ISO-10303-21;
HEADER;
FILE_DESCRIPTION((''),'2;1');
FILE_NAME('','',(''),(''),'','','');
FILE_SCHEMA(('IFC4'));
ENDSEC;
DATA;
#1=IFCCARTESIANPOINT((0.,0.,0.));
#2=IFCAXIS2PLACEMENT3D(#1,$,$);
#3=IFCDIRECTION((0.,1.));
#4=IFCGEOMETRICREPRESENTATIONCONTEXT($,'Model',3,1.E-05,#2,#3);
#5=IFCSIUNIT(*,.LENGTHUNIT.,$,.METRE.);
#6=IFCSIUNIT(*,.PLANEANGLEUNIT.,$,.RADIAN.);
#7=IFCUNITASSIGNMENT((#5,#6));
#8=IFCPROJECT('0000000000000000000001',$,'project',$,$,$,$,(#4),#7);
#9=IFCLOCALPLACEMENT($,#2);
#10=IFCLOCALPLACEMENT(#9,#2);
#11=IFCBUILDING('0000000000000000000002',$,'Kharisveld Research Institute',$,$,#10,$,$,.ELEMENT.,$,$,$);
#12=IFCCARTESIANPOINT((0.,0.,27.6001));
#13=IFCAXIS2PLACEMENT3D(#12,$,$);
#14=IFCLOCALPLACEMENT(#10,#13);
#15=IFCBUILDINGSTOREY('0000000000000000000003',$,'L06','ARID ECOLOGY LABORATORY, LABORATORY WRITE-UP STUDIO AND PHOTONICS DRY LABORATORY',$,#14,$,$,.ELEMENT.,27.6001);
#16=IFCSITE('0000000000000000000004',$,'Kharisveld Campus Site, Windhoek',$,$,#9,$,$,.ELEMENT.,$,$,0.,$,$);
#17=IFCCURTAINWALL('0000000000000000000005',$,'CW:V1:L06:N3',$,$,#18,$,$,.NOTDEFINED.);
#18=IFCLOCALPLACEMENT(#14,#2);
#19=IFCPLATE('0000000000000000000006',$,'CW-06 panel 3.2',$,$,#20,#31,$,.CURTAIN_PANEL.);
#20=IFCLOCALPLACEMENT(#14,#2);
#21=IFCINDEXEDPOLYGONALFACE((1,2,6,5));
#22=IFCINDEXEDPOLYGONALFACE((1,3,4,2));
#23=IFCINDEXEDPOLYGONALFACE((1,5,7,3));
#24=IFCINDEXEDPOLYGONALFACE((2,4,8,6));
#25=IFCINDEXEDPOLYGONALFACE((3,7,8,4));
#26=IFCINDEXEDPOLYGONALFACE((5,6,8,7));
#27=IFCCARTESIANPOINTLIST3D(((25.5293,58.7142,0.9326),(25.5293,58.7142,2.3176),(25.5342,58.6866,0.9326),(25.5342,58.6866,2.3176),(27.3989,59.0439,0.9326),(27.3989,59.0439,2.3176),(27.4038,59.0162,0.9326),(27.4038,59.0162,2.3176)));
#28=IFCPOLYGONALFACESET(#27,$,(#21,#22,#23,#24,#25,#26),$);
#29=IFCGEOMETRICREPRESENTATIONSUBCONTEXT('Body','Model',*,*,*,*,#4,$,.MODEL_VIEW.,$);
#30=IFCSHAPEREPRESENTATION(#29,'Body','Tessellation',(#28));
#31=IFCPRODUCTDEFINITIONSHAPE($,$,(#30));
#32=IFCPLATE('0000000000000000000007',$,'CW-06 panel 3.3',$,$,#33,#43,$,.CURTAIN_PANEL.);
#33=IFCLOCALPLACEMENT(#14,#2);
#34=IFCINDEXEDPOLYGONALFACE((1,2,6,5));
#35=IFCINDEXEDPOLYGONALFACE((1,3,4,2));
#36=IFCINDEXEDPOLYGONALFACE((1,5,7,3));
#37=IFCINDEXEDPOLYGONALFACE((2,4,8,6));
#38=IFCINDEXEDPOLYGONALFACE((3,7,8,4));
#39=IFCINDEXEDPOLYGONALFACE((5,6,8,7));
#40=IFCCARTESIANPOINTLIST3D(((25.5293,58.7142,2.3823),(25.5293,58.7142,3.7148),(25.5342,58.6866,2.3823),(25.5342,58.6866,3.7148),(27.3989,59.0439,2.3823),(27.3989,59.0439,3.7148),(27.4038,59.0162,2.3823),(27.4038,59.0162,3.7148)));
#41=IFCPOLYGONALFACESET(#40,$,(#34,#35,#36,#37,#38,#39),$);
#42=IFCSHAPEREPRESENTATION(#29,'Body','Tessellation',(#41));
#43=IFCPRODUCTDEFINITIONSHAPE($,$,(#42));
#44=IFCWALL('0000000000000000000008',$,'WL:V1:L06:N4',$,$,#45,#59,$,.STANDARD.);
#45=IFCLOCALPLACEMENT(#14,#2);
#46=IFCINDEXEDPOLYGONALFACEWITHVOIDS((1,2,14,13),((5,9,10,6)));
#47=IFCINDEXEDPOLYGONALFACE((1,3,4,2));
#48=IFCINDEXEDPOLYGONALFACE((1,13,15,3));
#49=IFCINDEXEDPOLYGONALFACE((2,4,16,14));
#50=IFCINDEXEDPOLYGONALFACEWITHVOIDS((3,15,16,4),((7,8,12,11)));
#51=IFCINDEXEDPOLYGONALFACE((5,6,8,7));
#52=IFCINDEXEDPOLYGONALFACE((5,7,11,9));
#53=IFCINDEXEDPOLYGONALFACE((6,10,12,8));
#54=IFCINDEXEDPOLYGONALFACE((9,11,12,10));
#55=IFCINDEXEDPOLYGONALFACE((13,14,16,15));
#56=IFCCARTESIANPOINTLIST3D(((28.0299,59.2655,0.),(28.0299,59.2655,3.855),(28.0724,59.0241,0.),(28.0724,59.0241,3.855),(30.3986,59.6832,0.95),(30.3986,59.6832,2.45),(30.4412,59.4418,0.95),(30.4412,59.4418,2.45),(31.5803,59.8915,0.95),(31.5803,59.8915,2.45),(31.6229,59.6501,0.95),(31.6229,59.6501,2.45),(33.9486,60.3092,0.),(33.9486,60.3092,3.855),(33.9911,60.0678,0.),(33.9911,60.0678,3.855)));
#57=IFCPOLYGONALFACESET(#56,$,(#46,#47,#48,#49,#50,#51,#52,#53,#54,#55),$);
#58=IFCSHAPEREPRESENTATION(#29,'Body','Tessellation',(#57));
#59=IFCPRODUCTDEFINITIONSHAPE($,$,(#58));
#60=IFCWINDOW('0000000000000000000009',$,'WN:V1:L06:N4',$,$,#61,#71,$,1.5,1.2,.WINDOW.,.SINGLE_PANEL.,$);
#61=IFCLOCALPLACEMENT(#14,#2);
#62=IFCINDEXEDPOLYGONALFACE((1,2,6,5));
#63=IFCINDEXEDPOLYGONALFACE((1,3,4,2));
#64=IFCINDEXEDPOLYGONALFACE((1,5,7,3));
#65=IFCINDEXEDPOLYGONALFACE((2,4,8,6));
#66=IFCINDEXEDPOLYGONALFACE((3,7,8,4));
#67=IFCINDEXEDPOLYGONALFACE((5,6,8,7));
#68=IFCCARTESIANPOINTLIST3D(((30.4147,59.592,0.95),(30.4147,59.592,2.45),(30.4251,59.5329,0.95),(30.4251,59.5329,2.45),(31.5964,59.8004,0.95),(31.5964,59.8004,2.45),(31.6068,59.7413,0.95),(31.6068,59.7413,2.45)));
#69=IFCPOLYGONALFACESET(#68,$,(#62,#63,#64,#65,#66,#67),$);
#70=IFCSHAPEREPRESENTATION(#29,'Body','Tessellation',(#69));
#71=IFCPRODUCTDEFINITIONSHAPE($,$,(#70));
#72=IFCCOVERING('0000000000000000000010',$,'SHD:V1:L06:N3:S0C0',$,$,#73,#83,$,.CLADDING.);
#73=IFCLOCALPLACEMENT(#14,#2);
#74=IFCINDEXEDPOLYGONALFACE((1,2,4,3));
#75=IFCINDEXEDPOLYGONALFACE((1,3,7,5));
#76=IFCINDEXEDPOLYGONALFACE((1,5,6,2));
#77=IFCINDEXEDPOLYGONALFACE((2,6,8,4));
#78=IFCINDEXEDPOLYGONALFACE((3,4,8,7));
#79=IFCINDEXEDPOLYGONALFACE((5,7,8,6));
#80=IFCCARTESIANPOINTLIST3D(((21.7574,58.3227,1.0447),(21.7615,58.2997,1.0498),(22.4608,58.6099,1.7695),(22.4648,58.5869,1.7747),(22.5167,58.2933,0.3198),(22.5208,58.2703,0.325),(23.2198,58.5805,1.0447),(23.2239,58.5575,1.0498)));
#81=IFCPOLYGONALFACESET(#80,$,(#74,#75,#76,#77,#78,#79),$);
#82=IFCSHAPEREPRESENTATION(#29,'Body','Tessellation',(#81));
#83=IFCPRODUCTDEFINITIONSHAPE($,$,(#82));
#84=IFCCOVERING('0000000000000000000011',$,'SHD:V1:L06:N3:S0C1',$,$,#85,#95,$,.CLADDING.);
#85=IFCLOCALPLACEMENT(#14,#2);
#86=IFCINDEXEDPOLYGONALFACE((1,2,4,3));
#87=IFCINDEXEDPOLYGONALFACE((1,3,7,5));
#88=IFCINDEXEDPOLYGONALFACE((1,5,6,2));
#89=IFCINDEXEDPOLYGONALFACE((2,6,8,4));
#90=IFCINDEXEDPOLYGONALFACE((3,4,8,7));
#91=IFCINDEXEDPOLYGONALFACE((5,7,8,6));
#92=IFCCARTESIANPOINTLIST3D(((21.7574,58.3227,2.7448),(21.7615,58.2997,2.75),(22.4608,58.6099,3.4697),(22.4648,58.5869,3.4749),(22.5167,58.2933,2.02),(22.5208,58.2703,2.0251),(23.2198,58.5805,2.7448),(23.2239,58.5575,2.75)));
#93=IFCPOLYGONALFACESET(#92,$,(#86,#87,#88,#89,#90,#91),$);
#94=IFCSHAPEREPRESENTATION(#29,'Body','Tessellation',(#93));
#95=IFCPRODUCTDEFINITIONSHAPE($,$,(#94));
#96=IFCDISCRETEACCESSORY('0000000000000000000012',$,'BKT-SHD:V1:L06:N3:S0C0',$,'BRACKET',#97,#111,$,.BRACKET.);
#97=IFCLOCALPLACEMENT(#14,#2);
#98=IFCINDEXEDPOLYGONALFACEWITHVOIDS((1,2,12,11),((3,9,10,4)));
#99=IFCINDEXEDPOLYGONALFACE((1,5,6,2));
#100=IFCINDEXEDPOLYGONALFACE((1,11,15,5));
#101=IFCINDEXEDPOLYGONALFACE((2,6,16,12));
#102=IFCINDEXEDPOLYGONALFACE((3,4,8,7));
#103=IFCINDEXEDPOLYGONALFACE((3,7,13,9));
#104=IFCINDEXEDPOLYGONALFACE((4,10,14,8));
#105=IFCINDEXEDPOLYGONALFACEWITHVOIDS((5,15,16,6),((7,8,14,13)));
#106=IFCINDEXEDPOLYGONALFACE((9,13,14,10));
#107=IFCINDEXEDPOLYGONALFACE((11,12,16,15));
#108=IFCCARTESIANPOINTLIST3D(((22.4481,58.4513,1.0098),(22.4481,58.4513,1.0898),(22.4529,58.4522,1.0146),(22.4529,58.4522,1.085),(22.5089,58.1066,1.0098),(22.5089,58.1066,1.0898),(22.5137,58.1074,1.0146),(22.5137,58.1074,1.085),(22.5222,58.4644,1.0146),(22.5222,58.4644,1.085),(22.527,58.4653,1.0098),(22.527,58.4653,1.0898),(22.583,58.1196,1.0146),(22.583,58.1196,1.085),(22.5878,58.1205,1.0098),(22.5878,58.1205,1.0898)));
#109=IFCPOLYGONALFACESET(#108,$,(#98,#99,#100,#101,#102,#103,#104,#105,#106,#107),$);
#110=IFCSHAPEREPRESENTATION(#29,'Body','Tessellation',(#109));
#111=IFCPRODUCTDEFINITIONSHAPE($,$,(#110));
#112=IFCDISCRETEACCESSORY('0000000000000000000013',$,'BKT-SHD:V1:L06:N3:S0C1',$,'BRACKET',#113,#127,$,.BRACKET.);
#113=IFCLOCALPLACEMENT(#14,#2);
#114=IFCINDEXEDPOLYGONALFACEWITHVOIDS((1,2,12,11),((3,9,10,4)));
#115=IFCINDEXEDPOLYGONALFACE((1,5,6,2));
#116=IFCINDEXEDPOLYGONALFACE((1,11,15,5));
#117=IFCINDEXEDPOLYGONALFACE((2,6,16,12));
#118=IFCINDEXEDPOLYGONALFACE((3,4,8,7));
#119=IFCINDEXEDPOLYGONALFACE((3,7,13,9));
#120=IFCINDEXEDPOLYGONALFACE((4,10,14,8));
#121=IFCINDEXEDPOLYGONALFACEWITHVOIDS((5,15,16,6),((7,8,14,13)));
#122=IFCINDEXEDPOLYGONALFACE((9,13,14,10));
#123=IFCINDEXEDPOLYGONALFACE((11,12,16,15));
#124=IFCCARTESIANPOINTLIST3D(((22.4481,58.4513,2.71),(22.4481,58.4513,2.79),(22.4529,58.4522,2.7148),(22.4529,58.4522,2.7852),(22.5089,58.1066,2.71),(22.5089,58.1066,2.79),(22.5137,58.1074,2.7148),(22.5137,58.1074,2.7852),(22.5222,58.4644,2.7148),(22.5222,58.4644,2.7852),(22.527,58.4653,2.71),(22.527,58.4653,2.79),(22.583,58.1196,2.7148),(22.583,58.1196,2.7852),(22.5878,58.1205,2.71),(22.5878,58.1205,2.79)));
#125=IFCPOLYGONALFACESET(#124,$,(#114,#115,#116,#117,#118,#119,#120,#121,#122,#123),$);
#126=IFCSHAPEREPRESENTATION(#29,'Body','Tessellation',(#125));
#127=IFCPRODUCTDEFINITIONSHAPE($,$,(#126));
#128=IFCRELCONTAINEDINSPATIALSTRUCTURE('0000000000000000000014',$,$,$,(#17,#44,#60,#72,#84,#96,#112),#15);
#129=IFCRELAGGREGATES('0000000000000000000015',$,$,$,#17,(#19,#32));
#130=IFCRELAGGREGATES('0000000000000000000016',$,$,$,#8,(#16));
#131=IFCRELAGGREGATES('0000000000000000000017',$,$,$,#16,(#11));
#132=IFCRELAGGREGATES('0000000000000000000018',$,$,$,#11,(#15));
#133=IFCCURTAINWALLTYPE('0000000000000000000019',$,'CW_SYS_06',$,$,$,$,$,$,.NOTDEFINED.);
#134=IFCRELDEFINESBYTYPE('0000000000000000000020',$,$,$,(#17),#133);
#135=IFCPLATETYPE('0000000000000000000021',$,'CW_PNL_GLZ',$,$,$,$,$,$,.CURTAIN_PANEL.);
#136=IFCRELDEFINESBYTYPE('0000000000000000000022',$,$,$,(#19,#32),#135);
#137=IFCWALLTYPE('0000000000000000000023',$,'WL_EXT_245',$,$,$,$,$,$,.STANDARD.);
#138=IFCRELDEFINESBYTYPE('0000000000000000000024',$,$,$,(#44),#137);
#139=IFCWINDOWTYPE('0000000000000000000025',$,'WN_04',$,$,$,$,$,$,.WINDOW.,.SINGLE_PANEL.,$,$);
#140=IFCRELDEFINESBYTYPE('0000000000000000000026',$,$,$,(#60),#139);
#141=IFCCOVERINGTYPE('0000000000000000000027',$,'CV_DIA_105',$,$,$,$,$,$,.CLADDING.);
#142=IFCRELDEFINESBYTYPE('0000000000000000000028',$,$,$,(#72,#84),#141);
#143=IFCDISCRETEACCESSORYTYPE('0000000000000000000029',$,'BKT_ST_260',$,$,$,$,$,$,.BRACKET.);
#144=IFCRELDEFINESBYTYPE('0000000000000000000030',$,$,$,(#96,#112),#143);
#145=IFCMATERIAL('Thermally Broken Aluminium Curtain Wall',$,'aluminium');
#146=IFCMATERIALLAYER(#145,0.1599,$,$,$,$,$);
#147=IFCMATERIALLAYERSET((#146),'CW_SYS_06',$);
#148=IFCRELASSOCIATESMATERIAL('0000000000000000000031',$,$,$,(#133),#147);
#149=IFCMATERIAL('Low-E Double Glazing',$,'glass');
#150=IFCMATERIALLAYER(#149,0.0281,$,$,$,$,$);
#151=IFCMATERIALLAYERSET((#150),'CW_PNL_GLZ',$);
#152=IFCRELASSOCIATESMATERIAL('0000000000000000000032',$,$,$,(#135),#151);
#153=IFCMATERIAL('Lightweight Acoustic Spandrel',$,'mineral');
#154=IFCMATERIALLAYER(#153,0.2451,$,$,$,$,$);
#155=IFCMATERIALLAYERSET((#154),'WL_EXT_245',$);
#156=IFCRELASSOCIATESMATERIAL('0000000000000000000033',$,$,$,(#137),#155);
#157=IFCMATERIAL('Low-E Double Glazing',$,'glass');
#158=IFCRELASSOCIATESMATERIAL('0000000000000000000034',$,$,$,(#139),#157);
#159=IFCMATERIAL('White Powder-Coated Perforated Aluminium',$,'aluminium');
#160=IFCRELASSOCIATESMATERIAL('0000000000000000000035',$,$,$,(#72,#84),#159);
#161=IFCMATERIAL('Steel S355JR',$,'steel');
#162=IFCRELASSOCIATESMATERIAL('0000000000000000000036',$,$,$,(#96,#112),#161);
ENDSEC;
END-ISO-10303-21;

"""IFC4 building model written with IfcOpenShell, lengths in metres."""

from ifc_helpers import new_model, si_unit, direction, frame, frame_2d, origin, origin_2d, place, context, subcontext, project, spatial, polyline, rectangle, hollow_rectangle, outline, extrude, material, layer, layer_set, type_object, element, fill, aggregate, save


model = new_model("IFC4")

# Units and contexts
model_context = context("Model", 3, precision=1e-05, world=origin(), true_north=direction((0.0, 1.0)))
body_context = subcontext(model_context, "Body", "Model", "MODEL_VIEW")
ifc_project = project(units=[si_unit("LENGTHUNIT", "METRE"), si_unit("PLANEANGLEUNIT", "RADIAN")], contexts=[model_context])

# Site, building, storey
site_placement = place(None, origin())
site = spatial("IfcSite", under=ifc_project, at=site_placement, Name="Kharisveld Campus Site, Windhoek", CompositionType="ELEMENT", RefElevation=0.0)
building_placement = place(site_placement, origin())
building = spatial("IfcBuilding", under=site, at=building_placement, Name="Kharisveld Research Institute", CompositionType="ELEMENT")
storey_placement = place(building_placement, frame((0.0, 0.0, 27.6001)))
storey = spatial("IfcBuildingStorey", under=building, at=storey_placement, Name="L06", Description="ARID ECOLOGY LABORATORY, LABORATORY WRITE-UP STUDIO AND PHOTONICS DRY LABORATORY", CompositionType="ELEMENT", Elevation=27.6001)

# Curtain wall
ifc_material_1 = material(Name="Thermally Broken Aluminium Curtain Wall", Category="aluminium")
ifc_layer_1 = layer(ifc_material_1, 0.1599)
ifc_layer_set_1 = layer_set([ifc_layer_1], Name="CW_SYS_06")
curtain_wall_type = type_object("IfcCurtainWallType", Name="CW_SYS_06", PredefinedType="NOTDEFINED", material=ifc_layer_set_1)
curtain_wall_placement = place(storey_placement, origin())
curtain_wall = element("IfcCurtainWall", 1, at=curtain_wall_placement, inside=storey, type_object=curtain_wall_type, Name="CW:V1:L06:N3", PredefinedType="NOTDEFINED")

# Plates
ifc_material_2 = material(Name="Low-E Double Glazing", Category="glass")
ifc_layer_2 = layer(ifc_material_2, 0.0281)
ifc_layer_set_2 = layer_set([ifc_layer_2], Name="CW_PNL_GLZ")
plate_type = type_object("IfcPlateType", Name="CW_PNL_GLZ", PredefinedType="CURTAIN_PANEL", material=ifc_layer_set_2)
plate_1_placement = place(storey_placement, frame((26.4666, 58.8652, 0.9326), z_axis=(0.0, 0.0, 1.0), x_axis=(0.984808, 0.173648, 0.0)))
plate_1 = element("IfcPlate", 2, at=plate_1_placement, type_object=plate_type, Name="CW-06 panel 3.2", PredefinedType="CURTAIN_PANEL", context=body_context, shape_type="SweptSolid", body=[
    extrude(rectangle(XDim=1.8984, YDim=0.0281, at=origin_2d()), origin(), (0.0, 0.0, 1.0), 1.385),
])
plate_2_placement = place(storey_placement, frame((26.4666, 58.8652, 2.3823), z_axis=(0.0, 0.0, 1.0), x_axis=(0.984808, 0.173648, 0.0)))
plate_2 = element("IfcPlate", 3, at=plate_2_placement, type_object=plate_type, Name="CW-06 panel 3.3", PredefinedType="CURTAIN_PANEL", context=body_context, shape_type="SweptSolid", body=[
    extrude(rectangle(XDim=1.8984, YDim=0.0281, at=origin_2d()), origin(), (0.0, 0.0, 1.0), 1.3325),
])
aggregate(curtain_wall, [plate_1, plate_2])

# Wall, opening, window
ifc_material_3 = material(Name="Lightweight Acoustic Spandrel", Category="mineral")
ifc_layer_3 = layer(ifc_material_3, 0.2451)
ifc_layer_set_3 = layer_set([ifc_layer_3], Name="WL_EXT_245")
wall_type = type_object("IfcWallType", Name="WL_EXT_245", PredefinedType="STANDARD", material=ifc_layer_set_3)
wall_placement = place(storey_placement, frame((28.0513, 59.1448, 0.0), z_axis=(0.0, 0.0, 1.0), x_axis=(0.984806, 0.17366, 0.0)))
wall = element("IfcWall", 4, at=wall_placement, inside=storey, type_object=wall_type, Name="WL:V1:L06:N4", PredefinedType="STANDARD", context=body_context, shape_type="SweptSolid", body=[
    extrude(rectangle(XDim=6.01, YDim=0.2451, at=frame_2d((3.0049, 0.0))), origin(), (0.0, 0.0, 1.0), 3.855),
])
opening_placement = place(wall_placement, frame((2.405, 0.0, 0.95)))
opening = element("IfcOpeningElement", 5, at=opening_placement, cuts=wall, PredefinedType="OPENING", context=body_context, shape_type="SweptSolid", body=[
    extrude(rectangle(XDim=1.2, YDim=1.5, at=frame_2d((0.6001, 0.75))), frame((0.0, 0.1226, 0.0), z_axis=(0.0, -1.0, 0.0), x_axis=(1.0, 0.0, 0.0)), (0.0, 0.0, 1.0), 0.2451),
])
ifc_material_4 = material(Name="Low-E Double Glazing", Category="glass")
window_type = type_object("IfcWindowType", Name="WN_04", PartitioningType="SINGLE_PANEL", PredefinedType="WINDOW", material=ifc_material_4)
window_placement = place(opening_placement, origin())
window = element("IfcWindow", 6, at=window_placement, inside=storey, type_object=window_type, Name="WN:V1:L06:N4", OverallHeight=1.5, OverallWidth=1.2, PartitioningType="SINGLE_PANEL", PredefinedType="WINDOW", context=body_context, shape_type="SweptSolid", body=[
    extrude(rectangle(XDim=1.2, YDim=1.5, at=frame_2d((0.6001, 0.75))), frame((0.0, 0.03, 0.0), z_axis=(0.0, -1.0, 0.0), x_axis=(1.0, 0.0, 0.0)), (0.0, 0.0, 1.0), 0.0601),
])
fill(opening, window)

# Coverings
ifc_material_5 = material(Name="White Powder-Coated Perforated Aluminium", Category="aluminium")
covering_type = type_object("IfcCoveringType", Name="CV_DIA_105", PredefinedType="CLADDING")
for number, where, z_axis, x_axis, name in (
    (7, (22.5208, 58.2703, 0.325), (0.169497, -0.961447, 0.21654), (0.669705, 0.27356, 0.690406), "SHD:V1:L06:N3:S0C0"),
    (8, (22.5208, 58.2703, 2.0251), (0.169497, -0.961447, 0.21654), (0.669705, 0.27356, 0.690406), "SHD:V1:L06:N3:S0C1"),
):
    element("IfcCovering", number, at=place(storey_placement, frame(where, z_axis=z_axis, x_axis=x_axis)), inside=storey, type_object=covering_type, material=ifc_material_5, Name=name, PredefinedType="CLADDING", context=body_context, shape_type="SweptSolid", body=[
        extrude(outline(polyline([(0.0, 0.0), (1.0499, 0.0), (1.0501, 1.05), (0.0, 1.0501), (0.0, 0.0)])), origin(), (0.0, 0.0, -1.0), 0.0239),
    ])

# Discrete accessories
ifc_material_6 = material(Name="Steel S355JR", Category="steel")
discrete_accessory_type = type_object("IfcDiscreteAccessoryType", Name="BKT_ST_260", PredefinedType="BRACKET")
for number, where, z_axis, x_axis, name in (
    (9, (22.5483, 58.1135, 1.0498), (-0.173666, 0.984805, 0.0), (-0.984805, -0.173666, 0.0), "BKT-SHD:V1:L06:N3:S0C0"),
    (10, (22.5483, 58.1135, 2.75), (-0.173666, 0.984805, 0.0), (-0.984805, -0.173666, 0.0), "BKT-SHD:V1:L06:N3:S0C1"),
):
    element("IfcDiscreteAccessory", number, at=place(storey_placement, frame(where, z_axis=z_axis, x_axis=x_axis)), inside=storey, type_object=discrete_accessory_type, material=ifc_material_6, Name=name, ObjectType="BRACKET", PredefinedType="BRACKET", context=body_context, shape_type="SweptSolid", body=[
        extrude(hollow_rectangle(XDim=0.0801, YDim=0.0801, WallThickness=0.0049, at=origin_2d()), origin(), (0.0, 0.0, 1.0), 0.3501),
    ])

save(model, "model.ifc")
